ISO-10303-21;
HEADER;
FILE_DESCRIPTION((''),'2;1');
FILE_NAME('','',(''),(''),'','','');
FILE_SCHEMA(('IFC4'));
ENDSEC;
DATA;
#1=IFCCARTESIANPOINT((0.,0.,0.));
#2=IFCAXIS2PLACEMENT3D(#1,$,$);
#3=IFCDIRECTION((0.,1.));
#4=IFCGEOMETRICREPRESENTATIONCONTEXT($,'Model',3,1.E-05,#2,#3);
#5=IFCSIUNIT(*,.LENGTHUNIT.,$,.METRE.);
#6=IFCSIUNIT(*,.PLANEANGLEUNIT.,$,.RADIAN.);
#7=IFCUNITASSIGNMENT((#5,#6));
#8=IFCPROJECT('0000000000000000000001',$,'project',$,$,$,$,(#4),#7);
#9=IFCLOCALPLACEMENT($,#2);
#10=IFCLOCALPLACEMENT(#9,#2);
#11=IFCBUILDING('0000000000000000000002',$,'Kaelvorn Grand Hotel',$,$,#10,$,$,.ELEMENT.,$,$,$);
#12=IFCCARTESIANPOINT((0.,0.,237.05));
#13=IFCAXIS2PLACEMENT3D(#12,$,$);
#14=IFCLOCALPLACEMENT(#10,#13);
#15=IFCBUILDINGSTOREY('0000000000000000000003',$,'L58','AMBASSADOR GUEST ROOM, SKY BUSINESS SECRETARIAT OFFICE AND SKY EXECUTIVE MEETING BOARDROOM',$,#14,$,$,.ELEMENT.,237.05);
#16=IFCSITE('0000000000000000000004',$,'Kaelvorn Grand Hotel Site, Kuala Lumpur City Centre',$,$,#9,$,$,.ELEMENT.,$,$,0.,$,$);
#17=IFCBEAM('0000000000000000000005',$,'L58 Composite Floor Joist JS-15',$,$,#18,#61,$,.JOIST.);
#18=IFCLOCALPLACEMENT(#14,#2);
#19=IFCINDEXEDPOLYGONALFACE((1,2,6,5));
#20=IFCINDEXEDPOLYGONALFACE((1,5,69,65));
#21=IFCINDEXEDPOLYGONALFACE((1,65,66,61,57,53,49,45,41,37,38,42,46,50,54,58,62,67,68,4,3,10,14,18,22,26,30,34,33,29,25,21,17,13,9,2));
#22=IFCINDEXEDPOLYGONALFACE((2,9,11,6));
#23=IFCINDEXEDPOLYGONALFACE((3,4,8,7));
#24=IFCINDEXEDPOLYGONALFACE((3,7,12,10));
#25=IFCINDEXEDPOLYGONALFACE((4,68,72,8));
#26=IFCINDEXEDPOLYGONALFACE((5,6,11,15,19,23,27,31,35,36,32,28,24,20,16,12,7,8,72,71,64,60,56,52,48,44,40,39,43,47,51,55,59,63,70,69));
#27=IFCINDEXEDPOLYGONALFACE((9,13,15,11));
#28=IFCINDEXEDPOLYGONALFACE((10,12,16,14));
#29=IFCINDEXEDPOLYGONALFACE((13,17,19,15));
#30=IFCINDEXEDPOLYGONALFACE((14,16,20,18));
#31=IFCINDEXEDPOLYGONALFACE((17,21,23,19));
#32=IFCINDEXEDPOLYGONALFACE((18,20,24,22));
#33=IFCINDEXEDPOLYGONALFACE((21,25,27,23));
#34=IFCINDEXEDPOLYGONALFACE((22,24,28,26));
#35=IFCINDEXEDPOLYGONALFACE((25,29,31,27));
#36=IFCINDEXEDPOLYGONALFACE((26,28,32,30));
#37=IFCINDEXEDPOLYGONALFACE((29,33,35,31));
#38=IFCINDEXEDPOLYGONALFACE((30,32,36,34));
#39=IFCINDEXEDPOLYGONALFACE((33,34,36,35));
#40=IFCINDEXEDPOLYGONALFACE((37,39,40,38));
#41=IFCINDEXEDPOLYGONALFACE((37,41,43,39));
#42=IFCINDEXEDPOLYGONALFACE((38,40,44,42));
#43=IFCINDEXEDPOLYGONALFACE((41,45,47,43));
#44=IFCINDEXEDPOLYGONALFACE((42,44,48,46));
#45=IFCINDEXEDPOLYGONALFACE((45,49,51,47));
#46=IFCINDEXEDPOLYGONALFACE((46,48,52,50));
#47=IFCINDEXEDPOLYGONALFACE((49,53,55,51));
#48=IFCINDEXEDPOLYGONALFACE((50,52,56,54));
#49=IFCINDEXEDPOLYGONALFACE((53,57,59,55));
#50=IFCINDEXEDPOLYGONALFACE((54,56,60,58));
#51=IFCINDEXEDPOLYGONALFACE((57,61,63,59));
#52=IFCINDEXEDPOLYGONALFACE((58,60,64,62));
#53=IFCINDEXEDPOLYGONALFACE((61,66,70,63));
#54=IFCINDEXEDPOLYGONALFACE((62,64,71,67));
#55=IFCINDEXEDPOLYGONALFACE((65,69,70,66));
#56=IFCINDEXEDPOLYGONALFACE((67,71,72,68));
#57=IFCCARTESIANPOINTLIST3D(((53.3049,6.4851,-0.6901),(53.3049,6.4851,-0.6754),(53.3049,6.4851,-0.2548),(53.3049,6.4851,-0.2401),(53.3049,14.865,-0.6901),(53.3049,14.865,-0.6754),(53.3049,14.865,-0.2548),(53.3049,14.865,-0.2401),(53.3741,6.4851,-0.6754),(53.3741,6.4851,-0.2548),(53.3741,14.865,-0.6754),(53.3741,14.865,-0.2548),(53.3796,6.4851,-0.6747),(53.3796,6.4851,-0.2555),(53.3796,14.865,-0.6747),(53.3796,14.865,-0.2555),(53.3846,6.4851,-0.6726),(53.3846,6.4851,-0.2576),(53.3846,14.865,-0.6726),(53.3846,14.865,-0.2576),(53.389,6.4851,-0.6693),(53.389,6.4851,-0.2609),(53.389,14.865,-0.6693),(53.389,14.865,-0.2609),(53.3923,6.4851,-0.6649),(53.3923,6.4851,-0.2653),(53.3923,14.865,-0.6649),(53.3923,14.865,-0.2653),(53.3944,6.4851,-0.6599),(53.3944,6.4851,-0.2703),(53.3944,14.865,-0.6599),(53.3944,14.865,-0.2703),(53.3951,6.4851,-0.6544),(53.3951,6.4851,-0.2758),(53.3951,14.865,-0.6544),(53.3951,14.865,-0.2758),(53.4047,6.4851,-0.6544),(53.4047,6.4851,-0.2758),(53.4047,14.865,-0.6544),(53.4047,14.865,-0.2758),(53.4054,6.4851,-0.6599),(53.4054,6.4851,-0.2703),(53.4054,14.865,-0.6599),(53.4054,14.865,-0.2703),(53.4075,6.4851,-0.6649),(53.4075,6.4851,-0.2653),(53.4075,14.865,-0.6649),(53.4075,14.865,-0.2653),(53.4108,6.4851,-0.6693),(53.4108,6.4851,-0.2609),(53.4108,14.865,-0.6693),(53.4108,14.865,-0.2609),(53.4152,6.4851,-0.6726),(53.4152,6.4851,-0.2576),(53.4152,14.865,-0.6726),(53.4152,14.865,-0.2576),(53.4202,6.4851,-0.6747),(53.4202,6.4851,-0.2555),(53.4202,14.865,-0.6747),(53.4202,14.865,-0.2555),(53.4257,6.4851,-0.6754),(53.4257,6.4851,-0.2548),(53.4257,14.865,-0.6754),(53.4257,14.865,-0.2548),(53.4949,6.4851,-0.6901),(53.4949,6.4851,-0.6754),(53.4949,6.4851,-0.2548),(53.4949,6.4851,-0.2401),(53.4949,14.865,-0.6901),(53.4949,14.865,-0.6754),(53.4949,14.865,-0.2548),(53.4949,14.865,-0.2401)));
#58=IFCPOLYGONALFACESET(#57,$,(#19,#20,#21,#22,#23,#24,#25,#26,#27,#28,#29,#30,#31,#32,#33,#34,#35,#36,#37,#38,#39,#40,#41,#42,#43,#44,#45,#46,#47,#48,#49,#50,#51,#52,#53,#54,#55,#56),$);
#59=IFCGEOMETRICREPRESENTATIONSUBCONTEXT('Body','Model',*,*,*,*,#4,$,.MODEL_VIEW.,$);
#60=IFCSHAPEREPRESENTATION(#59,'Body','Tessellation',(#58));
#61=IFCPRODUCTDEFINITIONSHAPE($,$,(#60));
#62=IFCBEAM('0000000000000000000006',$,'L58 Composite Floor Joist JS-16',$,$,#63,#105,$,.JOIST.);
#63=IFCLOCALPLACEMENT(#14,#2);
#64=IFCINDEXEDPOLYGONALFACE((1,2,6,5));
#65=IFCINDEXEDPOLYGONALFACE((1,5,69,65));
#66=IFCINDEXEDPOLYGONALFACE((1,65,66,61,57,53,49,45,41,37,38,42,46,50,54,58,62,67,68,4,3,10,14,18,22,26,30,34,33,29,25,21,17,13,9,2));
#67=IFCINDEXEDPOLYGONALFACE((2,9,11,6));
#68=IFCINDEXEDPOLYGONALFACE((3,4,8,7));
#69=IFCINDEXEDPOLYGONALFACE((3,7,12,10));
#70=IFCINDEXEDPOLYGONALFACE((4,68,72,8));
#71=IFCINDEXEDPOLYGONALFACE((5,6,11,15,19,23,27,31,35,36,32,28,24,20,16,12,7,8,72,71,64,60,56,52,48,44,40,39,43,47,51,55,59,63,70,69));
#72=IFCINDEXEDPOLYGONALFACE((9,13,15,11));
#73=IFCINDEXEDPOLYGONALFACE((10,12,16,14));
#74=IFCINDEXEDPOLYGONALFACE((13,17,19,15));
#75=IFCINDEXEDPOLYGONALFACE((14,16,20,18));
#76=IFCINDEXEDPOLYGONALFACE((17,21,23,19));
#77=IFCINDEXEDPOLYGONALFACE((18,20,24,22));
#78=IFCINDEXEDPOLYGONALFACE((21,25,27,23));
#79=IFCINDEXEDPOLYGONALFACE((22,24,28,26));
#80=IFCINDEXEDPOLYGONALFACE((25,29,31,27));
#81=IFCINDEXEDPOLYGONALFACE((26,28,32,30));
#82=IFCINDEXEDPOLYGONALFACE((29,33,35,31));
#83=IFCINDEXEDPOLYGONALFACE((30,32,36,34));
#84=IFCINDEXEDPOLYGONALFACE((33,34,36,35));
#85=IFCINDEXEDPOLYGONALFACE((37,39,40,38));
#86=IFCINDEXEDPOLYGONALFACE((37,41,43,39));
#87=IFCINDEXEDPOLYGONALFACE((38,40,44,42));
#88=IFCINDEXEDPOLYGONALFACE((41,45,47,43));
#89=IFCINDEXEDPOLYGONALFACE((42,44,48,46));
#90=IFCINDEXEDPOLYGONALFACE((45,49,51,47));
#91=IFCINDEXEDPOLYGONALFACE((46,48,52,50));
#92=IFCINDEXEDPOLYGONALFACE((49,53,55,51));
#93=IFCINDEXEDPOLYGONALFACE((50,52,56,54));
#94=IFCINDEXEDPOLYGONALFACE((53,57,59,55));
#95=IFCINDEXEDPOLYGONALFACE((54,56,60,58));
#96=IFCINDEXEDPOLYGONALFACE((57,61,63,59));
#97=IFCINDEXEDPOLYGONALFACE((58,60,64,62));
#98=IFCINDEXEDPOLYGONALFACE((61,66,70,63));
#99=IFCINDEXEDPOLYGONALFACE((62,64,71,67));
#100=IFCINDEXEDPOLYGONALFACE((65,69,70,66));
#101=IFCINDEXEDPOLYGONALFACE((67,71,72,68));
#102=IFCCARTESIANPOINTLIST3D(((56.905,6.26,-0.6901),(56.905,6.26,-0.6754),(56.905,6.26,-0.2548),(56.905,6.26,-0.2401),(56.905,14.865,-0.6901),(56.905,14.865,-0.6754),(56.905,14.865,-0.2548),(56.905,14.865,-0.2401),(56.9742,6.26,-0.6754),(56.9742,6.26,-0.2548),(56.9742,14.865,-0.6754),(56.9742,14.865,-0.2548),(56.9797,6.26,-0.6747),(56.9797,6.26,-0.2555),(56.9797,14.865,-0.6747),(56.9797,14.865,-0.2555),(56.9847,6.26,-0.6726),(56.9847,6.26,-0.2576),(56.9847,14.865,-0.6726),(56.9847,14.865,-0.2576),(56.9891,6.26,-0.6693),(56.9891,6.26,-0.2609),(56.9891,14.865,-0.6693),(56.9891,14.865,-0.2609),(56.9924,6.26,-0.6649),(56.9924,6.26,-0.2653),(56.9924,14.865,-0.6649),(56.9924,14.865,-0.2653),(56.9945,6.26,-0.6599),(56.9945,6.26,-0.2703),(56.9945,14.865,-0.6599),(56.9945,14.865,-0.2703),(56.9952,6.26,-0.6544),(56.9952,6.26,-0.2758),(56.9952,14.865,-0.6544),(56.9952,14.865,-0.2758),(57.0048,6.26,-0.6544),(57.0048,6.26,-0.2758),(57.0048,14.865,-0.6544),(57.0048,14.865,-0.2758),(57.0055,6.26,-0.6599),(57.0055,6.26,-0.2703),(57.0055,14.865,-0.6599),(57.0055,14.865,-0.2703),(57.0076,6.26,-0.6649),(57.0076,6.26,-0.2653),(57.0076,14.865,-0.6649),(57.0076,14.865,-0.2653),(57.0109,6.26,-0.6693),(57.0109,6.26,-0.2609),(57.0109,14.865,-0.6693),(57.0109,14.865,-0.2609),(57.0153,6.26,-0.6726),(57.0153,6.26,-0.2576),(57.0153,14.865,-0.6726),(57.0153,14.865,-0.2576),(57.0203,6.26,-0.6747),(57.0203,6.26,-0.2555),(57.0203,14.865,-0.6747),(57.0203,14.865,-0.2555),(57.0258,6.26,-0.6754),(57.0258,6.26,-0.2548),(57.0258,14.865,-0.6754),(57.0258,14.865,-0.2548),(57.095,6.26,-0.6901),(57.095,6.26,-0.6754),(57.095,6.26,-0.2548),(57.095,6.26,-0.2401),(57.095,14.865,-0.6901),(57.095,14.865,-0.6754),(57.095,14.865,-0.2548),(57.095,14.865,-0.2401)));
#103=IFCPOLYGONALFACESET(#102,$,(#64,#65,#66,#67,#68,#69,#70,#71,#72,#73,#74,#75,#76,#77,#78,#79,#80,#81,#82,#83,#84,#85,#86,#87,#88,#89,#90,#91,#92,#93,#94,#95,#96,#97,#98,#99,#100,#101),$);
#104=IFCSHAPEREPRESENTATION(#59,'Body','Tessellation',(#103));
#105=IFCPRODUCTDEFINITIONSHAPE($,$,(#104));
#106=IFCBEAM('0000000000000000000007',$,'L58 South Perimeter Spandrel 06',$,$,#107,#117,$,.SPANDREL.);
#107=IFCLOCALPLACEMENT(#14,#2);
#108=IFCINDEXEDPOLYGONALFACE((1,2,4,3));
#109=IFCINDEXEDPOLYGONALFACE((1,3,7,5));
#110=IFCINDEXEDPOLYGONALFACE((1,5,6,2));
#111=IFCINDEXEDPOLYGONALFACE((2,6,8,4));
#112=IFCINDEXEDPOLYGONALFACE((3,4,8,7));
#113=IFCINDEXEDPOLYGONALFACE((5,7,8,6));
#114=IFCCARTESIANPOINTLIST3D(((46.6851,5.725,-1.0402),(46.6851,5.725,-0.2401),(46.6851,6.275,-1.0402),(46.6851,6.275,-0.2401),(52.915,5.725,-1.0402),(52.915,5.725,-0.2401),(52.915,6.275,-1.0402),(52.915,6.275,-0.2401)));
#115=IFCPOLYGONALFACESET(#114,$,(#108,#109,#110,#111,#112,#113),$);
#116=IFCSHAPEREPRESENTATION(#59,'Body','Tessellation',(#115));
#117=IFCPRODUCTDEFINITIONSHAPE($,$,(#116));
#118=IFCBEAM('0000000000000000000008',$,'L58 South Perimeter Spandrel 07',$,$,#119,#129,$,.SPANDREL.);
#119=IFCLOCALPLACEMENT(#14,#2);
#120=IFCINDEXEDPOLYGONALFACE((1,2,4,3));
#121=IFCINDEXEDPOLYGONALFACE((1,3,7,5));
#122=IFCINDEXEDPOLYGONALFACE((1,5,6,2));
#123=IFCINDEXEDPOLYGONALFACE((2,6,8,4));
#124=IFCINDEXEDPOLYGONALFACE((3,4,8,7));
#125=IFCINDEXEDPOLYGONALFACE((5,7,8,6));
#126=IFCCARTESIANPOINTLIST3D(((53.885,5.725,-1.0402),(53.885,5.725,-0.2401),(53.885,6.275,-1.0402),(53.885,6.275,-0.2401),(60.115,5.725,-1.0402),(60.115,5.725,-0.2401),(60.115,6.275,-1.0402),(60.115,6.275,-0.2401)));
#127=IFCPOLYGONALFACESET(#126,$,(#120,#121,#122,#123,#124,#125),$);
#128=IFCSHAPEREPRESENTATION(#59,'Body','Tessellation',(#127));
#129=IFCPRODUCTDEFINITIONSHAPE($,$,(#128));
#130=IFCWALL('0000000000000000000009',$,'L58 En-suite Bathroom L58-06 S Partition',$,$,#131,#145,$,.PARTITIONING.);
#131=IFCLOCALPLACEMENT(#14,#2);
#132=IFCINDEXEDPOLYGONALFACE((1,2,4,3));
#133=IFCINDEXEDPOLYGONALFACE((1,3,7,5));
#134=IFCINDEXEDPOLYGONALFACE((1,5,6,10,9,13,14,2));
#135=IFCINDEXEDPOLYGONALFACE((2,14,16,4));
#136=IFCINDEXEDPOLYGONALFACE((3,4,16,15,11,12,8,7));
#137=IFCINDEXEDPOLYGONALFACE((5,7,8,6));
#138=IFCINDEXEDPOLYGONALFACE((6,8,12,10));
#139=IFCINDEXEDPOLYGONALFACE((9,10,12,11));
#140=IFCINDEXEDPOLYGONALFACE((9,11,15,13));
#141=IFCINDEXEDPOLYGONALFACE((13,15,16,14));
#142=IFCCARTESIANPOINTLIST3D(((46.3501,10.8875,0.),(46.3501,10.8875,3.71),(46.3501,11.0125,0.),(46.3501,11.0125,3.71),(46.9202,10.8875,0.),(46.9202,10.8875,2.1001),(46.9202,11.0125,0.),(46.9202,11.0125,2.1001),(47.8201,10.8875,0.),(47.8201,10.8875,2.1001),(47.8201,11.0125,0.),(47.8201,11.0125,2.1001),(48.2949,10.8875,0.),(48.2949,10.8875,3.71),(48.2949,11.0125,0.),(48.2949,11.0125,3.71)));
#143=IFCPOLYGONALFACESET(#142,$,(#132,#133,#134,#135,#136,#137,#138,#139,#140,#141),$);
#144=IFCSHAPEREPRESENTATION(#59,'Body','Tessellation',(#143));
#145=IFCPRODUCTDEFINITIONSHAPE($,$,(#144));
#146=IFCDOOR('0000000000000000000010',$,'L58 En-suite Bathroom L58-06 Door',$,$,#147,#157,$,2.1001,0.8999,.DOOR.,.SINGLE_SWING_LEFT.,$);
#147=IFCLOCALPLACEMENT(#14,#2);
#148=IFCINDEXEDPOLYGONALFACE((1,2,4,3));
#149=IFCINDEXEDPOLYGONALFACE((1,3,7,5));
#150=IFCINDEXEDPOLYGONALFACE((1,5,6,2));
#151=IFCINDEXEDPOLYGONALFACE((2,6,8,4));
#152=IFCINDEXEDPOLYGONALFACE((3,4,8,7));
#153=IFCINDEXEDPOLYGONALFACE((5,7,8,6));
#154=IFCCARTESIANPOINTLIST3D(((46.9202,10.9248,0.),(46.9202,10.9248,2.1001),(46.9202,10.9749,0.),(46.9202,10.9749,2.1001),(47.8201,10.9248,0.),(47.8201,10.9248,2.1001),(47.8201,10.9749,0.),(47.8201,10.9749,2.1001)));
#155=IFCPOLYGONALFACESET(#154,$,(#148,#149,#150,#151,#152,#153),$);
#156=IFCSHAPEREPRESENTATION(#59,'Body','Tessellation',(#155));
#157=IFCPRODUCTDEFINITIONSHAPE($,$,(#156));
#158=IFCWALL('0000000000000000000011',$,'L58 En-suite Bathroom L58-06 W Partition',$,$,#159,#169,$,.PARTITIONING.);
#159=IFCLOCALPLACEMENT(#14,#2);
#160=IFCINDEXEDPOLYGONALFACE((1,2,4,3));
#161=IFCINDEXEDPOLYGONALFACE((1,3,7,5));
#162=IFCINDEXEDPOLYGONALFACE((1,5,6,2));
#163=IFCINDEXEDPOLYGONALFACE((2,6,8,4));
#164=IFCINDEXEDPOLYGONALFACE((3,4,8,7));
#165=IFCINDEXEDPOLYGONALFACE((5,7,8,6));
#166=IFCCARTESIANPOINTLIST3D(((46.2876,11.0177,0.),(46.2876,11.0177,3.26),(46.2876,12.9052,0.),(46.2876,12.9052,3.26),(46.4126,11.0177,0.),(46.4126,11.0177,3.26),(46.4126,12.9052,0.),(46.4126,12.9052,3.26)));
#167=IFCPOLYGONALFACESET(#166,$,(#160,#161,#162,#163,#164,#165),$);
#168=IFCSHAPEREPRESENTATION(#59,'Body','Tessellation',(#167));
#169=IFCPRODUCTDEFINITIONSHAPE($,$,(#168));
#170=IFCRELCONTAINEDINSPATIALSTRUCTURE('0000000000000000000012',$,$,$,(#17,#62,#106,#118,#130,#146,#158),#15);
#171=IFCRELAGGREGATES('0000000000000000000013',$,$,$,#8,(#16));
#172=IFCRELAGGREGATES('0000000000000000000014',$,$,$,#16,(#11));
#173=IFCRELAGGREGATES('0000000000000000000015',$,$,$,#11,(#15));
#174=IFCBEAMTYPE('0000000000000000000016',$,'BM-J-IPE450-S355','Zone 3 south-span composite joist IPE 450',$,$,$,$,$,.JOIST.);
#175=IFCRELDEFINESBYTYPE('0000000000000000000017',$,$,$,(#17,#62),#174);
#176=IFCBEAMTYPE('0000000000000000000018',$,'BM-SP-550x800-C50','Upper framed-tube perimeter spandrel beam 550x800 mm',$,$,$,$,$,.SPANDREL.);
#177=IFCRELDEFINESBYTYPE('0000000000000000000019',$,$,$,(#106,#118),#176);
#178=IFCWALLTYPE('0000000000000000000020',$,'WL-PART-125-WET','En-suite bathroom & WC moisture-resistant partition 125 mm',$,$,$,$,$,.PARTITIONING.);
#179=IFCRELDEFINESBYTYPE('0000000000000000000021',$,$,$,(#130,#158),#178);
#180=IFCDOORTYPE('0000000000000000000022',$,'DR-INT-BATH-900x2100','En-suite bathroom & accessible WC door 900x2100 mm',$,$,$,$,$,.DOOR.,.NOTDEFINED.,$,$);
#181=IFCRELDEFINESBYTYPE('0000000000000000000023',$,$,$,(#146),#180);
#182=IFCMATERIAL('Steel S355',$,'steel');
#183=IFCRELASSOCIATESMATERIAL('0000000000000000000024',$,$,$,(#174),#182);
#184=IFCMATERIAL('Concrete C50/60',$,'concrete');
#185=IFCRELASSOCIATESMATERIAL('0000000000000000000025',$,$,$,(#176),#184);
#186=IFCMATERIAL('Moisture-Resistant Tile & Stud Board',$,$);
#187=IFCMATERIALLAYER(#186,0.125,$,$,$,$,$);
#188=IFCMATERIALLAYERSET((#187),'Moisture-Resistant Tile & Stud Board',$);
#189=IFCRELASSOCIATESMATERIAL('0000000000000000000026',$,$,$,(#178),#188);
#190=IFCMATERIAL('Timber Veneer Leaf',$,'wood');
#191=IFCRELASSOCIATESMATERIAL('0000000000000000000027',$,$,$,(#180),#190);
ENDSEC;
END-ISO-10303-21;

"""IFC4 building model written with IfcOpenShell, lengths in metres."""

from ifc_helpers import new_model, si_unit, direction, frame, frame_2d, origin, origin_2d, place, context, subcontext, project, spatial, rectangle, i_section, extrude, material, layer, layer_set, material_profile, profile_set, type_object, element, fill, save


model = new_model("IFC4")

# Units and contexts
model_context = context("Model", 3, precision=1e-05, world=origin(), true_north=direction((0.0, 1.0)))
body_context = subcontext(model_context, "Body", "Model", "MODEL_VIEW")
ifc_project = project(units=[si_unit("LENGTHUNIT", "METRE"), si_unit("PLANEANGLEUNIT", "RADIAN")], contexts=[model_context])

# Site, building, storey
site_placement = place(None, origin())
site = spatial("IfcSite", under=ifc_project, at=site_placement, Name="Kaelvorn Grand Hotel Site, Kuala Lumpur City Centre", CompositionType="ELEMENT", RefElevation=0.0)
building_placement = place(site_placement, origin())
building = spatial("IfcBuilding", under=site, at=building_placement, Name="Kaelvorn Grand Hotel", CompositionType="ELEMENT")
storey_placement = place(building_placement, frame((0.0, 0.0, 237.05)))
storey = spatial("IfcBuildingStorey", under=building, at=storey_placement, Name="L58", Description="AMBASSADOR GUEST ROOM, SKY BUSINESS SECRETARIAT OFFICE AND SKY EXECUTIVE MEETING BOARDROOM", CompositionType="ELEMENT", Elevation=237.05)

# Shared definitions
ifc_material_1 = material(Name="Concrete C50/60", Category="concrete")

# Beams
ifc_material_2 = material(Name="Steel S355", Category="steel")
ifc_material_profile_1 = material_profile(ifc_material_2, i_section(OverallWidth=0.1899, OverallDepth=0.45, WebThickness=0.0095, FlangeThickness=0.0146, FilletRadius=0.021, at=origin_2d()), Name="IPE 450")
ifc_profile_set_1 = profile_set([ifc_material_profile_1], Name="Steel S355")
beam_type_1 = type_object("IfcBeamType", Name="BM-J-IPE450-S355", Description="Zone 3 south-span composite joist IPE 450", PredefinedType="JOIST", material=ifc_profile_set_1)
beam_1_placement = place(storey_placement, frame((53.3999, 6.4851, -0.4651), z_axis=(0.0, 1.0, 0.0), x_axis=(-1.0, 0.0, 0.0)))
element("IfcBeam", 1, at=beam_1_placement, inside=storey, type_object=beam_type_1, Name="L58 Composite Floor Joist JS-15", PredefinedType="JOIST", context=body_context, shape_type="SweptSolid", body=[
    extrude(i_section(OverallWidth=0.1899, OverallDepth=0.45, WebThickness=0.0095, FlangeThickness=0.0146, FilletRadius=0.021, at=origin_2d()), origin(), (0.0, 0.0, 1.0), 8.3799),
])
beam_2_placement = place(storey_placement, frame((57.0, 6.26, -0.4651), z_axis=(0.0, 1.0, 0.0), x_axis=(-1.0, 0.0, 0.0)))
element("IfcBeam", 2, at=beam_2_placement, inside=storey, type_object=beam_type_1, Name="L58 Composite Floor Joist JS-16", PredefinedType="JOIST", context=body_context, shape_type="SweptSolid", body=[
    extrude(i_section(OverallWidth=0.1899, OverallDepth=0.45, WebThickness=0.0095, FlangeThickness=0.0146, FilletRadius=0.021, at=origin_2d()), origin(), (0.0, 0.0, 1.0), 8.605),
])
ifc_material_profile_2 = material_profile(ifc_material_1, rectangle(XDim=0.55, YDim=0.8, at=origin_2d()), Name="RC SPANDREL 550x800")
ifc_profile_set_2 = profile_set([ifc_material_profile_2], Name="Concrete C50/60")
beam_type_2 = type_object("IfcBeamType", Name="BM-SP-550x800-C50", Description="Upper framed-tube perimeter spandrel beam 550x800 mm", PredefinedType="SPANDREL", material=ifc_profile_set_2)
for number, where, z_axis, x_axis, name in (
    (3, (46.6851, 6.0, -0.6401), (1.0, 0.0, 0.0), (0.0, 1.0, 0.0), "L58 South Perimeter Spandrel 06"),
    (4, (53.885, 6.0, -0.6401), (1.0, 0.0, 0.0), (0.0, 1.0, 0.0), "L58 South Perimeter Spandrel 07"),
):
    element("IfcBeam", number, at=place(storey_placement, frame(where, z_axis=z_axis, x_axis=x_axis)), inside=storey, type_object=beam_type_2, Name=name, PredefinedType="SPANDREL", context=body_context, shape_type="SweptSolid", body=[
        extrude(rectangle(XDim=0.55, YDim=0.8, at=origin_2d()), origin(), (0.0, 0.0, 1.0), 6.23),
    ])

# Wall, opening, door
ifc_material_3 = material(Name="Moisture-Resistant Tile & Stud Board")
ifc_layer_1 = layer(ifc_material_3, 0.125)
ifc_layer_set_1 = layer_set([ifc_layer_1], Name="Moisture-Resistant Tile & Stud Board")
wall_type_1 = type_object("IfcWallType", Name="WL-PART-125-WET", Description="En-suite bathroom & WC moisture-resistant partition 125 mm", PredefinedType="PARTITIONING", material=ifc_layer_set_1)
wall_1_placement = place(storey_placement, frame((46.3501, 10.95, 0.0), z_axis=(0.0, 0.0, 1.0), x_axis=(1.0, 0.0, 0.0)))
wall_1 = element("IfcWall", 5, at=wall_1_placement, inside=storey, type_object=wall_type_1, Name="L58 En-suite Bathroom L58-06 S Partition", PredefinedType="PARTITIONING", context=body_context, shape_type="SweptSolid", body=[
    extrude(rectangle(XDim=1.9448, YDim=0.125, at=frame_2d((0.9724, 0.0))), origin(), (0.0, 0.0, 1.0), 3.71),
])
opening_1_placement = place(wall_1_placement, frame((0.5701, 0.0, 0.0)))
opening_1 = element("IfcOpeningElement", 6, at=opening_1_placement, cuts=wall_1, PredefinedType="OPENING", context=body_context, shape_type="SweptSolid", body=[
    extrude(rectangle(XDim=0.8999, YDim=2.1001, at=frame_2d((0.45, 1.05))), frame((0.0, 0.0725, 0.0), z_axis=(0.0, -1.0, 0.0), x_axis=(1.0, 0.0, 0.0)), (0.0, 0.0, 1.0), 0.145),
])
ifc_material_4 = material(Name="Timber Veneer Leaf", Category="wood")
door_type = type_object("IfcDoorType", Name="DR-INT-BATH-900x2100", Description="En-suite bathroom & accessible WC door 900x2100 mm", OperationType="NOTDEFINED", PredefinedType="DOOR", material=ifc_material_4)
door_1_placement = place(opening_1_placement, origin())
door_1 = element("IfcDoor", 7, at=door_1_placement, inside=storey, type_object=door_type, Name="L58 En-suite Bathroom L58-06 Door", OperationType="SINGLE_SWING_LEFT", OverallHeight=2.1001, OverallWidth=0.8999, PredefinedType="DOOR", context=body_context, shape_type="SweptSolid", body=[
    extrude(rectangle(XDim=0.8999, YDim=2.1001, at=frame_2d((0.45, 1.05))), frame((0.0, 0.0249, 0.0), z_axis=(0.0, -1.0, 0.0), x_axis=(1.0, 0.0, 0.0)), (0.0, 0.0, 1.0), 0.05),
])
fill(opening_1, door_1)

# Wall
wall_2_placement = place(storey_placement, frame((46.3501, 11.0176, 0.0), z_axis=(0.0, 0.0, 1.0), x_axis=(0.0, 1.0, 0.0)))
element("IfcWall", 8, at=wall_2_placement, inside=storey, type_object=wall_type_1, Name="L58 En-suite Bathroom L58-06 W Partition", PredefinedType="PARTITIONING", context=body_context, shape_type="SweptSolid", body=[
    extrude(rectangle(XDim=1.8875, YDim=0.125, at=frame_2d((0.9438, 0.0))), origin(), (0.0, 0.0, 1.0), 3.26),
])

save(model, "model.ifc")
